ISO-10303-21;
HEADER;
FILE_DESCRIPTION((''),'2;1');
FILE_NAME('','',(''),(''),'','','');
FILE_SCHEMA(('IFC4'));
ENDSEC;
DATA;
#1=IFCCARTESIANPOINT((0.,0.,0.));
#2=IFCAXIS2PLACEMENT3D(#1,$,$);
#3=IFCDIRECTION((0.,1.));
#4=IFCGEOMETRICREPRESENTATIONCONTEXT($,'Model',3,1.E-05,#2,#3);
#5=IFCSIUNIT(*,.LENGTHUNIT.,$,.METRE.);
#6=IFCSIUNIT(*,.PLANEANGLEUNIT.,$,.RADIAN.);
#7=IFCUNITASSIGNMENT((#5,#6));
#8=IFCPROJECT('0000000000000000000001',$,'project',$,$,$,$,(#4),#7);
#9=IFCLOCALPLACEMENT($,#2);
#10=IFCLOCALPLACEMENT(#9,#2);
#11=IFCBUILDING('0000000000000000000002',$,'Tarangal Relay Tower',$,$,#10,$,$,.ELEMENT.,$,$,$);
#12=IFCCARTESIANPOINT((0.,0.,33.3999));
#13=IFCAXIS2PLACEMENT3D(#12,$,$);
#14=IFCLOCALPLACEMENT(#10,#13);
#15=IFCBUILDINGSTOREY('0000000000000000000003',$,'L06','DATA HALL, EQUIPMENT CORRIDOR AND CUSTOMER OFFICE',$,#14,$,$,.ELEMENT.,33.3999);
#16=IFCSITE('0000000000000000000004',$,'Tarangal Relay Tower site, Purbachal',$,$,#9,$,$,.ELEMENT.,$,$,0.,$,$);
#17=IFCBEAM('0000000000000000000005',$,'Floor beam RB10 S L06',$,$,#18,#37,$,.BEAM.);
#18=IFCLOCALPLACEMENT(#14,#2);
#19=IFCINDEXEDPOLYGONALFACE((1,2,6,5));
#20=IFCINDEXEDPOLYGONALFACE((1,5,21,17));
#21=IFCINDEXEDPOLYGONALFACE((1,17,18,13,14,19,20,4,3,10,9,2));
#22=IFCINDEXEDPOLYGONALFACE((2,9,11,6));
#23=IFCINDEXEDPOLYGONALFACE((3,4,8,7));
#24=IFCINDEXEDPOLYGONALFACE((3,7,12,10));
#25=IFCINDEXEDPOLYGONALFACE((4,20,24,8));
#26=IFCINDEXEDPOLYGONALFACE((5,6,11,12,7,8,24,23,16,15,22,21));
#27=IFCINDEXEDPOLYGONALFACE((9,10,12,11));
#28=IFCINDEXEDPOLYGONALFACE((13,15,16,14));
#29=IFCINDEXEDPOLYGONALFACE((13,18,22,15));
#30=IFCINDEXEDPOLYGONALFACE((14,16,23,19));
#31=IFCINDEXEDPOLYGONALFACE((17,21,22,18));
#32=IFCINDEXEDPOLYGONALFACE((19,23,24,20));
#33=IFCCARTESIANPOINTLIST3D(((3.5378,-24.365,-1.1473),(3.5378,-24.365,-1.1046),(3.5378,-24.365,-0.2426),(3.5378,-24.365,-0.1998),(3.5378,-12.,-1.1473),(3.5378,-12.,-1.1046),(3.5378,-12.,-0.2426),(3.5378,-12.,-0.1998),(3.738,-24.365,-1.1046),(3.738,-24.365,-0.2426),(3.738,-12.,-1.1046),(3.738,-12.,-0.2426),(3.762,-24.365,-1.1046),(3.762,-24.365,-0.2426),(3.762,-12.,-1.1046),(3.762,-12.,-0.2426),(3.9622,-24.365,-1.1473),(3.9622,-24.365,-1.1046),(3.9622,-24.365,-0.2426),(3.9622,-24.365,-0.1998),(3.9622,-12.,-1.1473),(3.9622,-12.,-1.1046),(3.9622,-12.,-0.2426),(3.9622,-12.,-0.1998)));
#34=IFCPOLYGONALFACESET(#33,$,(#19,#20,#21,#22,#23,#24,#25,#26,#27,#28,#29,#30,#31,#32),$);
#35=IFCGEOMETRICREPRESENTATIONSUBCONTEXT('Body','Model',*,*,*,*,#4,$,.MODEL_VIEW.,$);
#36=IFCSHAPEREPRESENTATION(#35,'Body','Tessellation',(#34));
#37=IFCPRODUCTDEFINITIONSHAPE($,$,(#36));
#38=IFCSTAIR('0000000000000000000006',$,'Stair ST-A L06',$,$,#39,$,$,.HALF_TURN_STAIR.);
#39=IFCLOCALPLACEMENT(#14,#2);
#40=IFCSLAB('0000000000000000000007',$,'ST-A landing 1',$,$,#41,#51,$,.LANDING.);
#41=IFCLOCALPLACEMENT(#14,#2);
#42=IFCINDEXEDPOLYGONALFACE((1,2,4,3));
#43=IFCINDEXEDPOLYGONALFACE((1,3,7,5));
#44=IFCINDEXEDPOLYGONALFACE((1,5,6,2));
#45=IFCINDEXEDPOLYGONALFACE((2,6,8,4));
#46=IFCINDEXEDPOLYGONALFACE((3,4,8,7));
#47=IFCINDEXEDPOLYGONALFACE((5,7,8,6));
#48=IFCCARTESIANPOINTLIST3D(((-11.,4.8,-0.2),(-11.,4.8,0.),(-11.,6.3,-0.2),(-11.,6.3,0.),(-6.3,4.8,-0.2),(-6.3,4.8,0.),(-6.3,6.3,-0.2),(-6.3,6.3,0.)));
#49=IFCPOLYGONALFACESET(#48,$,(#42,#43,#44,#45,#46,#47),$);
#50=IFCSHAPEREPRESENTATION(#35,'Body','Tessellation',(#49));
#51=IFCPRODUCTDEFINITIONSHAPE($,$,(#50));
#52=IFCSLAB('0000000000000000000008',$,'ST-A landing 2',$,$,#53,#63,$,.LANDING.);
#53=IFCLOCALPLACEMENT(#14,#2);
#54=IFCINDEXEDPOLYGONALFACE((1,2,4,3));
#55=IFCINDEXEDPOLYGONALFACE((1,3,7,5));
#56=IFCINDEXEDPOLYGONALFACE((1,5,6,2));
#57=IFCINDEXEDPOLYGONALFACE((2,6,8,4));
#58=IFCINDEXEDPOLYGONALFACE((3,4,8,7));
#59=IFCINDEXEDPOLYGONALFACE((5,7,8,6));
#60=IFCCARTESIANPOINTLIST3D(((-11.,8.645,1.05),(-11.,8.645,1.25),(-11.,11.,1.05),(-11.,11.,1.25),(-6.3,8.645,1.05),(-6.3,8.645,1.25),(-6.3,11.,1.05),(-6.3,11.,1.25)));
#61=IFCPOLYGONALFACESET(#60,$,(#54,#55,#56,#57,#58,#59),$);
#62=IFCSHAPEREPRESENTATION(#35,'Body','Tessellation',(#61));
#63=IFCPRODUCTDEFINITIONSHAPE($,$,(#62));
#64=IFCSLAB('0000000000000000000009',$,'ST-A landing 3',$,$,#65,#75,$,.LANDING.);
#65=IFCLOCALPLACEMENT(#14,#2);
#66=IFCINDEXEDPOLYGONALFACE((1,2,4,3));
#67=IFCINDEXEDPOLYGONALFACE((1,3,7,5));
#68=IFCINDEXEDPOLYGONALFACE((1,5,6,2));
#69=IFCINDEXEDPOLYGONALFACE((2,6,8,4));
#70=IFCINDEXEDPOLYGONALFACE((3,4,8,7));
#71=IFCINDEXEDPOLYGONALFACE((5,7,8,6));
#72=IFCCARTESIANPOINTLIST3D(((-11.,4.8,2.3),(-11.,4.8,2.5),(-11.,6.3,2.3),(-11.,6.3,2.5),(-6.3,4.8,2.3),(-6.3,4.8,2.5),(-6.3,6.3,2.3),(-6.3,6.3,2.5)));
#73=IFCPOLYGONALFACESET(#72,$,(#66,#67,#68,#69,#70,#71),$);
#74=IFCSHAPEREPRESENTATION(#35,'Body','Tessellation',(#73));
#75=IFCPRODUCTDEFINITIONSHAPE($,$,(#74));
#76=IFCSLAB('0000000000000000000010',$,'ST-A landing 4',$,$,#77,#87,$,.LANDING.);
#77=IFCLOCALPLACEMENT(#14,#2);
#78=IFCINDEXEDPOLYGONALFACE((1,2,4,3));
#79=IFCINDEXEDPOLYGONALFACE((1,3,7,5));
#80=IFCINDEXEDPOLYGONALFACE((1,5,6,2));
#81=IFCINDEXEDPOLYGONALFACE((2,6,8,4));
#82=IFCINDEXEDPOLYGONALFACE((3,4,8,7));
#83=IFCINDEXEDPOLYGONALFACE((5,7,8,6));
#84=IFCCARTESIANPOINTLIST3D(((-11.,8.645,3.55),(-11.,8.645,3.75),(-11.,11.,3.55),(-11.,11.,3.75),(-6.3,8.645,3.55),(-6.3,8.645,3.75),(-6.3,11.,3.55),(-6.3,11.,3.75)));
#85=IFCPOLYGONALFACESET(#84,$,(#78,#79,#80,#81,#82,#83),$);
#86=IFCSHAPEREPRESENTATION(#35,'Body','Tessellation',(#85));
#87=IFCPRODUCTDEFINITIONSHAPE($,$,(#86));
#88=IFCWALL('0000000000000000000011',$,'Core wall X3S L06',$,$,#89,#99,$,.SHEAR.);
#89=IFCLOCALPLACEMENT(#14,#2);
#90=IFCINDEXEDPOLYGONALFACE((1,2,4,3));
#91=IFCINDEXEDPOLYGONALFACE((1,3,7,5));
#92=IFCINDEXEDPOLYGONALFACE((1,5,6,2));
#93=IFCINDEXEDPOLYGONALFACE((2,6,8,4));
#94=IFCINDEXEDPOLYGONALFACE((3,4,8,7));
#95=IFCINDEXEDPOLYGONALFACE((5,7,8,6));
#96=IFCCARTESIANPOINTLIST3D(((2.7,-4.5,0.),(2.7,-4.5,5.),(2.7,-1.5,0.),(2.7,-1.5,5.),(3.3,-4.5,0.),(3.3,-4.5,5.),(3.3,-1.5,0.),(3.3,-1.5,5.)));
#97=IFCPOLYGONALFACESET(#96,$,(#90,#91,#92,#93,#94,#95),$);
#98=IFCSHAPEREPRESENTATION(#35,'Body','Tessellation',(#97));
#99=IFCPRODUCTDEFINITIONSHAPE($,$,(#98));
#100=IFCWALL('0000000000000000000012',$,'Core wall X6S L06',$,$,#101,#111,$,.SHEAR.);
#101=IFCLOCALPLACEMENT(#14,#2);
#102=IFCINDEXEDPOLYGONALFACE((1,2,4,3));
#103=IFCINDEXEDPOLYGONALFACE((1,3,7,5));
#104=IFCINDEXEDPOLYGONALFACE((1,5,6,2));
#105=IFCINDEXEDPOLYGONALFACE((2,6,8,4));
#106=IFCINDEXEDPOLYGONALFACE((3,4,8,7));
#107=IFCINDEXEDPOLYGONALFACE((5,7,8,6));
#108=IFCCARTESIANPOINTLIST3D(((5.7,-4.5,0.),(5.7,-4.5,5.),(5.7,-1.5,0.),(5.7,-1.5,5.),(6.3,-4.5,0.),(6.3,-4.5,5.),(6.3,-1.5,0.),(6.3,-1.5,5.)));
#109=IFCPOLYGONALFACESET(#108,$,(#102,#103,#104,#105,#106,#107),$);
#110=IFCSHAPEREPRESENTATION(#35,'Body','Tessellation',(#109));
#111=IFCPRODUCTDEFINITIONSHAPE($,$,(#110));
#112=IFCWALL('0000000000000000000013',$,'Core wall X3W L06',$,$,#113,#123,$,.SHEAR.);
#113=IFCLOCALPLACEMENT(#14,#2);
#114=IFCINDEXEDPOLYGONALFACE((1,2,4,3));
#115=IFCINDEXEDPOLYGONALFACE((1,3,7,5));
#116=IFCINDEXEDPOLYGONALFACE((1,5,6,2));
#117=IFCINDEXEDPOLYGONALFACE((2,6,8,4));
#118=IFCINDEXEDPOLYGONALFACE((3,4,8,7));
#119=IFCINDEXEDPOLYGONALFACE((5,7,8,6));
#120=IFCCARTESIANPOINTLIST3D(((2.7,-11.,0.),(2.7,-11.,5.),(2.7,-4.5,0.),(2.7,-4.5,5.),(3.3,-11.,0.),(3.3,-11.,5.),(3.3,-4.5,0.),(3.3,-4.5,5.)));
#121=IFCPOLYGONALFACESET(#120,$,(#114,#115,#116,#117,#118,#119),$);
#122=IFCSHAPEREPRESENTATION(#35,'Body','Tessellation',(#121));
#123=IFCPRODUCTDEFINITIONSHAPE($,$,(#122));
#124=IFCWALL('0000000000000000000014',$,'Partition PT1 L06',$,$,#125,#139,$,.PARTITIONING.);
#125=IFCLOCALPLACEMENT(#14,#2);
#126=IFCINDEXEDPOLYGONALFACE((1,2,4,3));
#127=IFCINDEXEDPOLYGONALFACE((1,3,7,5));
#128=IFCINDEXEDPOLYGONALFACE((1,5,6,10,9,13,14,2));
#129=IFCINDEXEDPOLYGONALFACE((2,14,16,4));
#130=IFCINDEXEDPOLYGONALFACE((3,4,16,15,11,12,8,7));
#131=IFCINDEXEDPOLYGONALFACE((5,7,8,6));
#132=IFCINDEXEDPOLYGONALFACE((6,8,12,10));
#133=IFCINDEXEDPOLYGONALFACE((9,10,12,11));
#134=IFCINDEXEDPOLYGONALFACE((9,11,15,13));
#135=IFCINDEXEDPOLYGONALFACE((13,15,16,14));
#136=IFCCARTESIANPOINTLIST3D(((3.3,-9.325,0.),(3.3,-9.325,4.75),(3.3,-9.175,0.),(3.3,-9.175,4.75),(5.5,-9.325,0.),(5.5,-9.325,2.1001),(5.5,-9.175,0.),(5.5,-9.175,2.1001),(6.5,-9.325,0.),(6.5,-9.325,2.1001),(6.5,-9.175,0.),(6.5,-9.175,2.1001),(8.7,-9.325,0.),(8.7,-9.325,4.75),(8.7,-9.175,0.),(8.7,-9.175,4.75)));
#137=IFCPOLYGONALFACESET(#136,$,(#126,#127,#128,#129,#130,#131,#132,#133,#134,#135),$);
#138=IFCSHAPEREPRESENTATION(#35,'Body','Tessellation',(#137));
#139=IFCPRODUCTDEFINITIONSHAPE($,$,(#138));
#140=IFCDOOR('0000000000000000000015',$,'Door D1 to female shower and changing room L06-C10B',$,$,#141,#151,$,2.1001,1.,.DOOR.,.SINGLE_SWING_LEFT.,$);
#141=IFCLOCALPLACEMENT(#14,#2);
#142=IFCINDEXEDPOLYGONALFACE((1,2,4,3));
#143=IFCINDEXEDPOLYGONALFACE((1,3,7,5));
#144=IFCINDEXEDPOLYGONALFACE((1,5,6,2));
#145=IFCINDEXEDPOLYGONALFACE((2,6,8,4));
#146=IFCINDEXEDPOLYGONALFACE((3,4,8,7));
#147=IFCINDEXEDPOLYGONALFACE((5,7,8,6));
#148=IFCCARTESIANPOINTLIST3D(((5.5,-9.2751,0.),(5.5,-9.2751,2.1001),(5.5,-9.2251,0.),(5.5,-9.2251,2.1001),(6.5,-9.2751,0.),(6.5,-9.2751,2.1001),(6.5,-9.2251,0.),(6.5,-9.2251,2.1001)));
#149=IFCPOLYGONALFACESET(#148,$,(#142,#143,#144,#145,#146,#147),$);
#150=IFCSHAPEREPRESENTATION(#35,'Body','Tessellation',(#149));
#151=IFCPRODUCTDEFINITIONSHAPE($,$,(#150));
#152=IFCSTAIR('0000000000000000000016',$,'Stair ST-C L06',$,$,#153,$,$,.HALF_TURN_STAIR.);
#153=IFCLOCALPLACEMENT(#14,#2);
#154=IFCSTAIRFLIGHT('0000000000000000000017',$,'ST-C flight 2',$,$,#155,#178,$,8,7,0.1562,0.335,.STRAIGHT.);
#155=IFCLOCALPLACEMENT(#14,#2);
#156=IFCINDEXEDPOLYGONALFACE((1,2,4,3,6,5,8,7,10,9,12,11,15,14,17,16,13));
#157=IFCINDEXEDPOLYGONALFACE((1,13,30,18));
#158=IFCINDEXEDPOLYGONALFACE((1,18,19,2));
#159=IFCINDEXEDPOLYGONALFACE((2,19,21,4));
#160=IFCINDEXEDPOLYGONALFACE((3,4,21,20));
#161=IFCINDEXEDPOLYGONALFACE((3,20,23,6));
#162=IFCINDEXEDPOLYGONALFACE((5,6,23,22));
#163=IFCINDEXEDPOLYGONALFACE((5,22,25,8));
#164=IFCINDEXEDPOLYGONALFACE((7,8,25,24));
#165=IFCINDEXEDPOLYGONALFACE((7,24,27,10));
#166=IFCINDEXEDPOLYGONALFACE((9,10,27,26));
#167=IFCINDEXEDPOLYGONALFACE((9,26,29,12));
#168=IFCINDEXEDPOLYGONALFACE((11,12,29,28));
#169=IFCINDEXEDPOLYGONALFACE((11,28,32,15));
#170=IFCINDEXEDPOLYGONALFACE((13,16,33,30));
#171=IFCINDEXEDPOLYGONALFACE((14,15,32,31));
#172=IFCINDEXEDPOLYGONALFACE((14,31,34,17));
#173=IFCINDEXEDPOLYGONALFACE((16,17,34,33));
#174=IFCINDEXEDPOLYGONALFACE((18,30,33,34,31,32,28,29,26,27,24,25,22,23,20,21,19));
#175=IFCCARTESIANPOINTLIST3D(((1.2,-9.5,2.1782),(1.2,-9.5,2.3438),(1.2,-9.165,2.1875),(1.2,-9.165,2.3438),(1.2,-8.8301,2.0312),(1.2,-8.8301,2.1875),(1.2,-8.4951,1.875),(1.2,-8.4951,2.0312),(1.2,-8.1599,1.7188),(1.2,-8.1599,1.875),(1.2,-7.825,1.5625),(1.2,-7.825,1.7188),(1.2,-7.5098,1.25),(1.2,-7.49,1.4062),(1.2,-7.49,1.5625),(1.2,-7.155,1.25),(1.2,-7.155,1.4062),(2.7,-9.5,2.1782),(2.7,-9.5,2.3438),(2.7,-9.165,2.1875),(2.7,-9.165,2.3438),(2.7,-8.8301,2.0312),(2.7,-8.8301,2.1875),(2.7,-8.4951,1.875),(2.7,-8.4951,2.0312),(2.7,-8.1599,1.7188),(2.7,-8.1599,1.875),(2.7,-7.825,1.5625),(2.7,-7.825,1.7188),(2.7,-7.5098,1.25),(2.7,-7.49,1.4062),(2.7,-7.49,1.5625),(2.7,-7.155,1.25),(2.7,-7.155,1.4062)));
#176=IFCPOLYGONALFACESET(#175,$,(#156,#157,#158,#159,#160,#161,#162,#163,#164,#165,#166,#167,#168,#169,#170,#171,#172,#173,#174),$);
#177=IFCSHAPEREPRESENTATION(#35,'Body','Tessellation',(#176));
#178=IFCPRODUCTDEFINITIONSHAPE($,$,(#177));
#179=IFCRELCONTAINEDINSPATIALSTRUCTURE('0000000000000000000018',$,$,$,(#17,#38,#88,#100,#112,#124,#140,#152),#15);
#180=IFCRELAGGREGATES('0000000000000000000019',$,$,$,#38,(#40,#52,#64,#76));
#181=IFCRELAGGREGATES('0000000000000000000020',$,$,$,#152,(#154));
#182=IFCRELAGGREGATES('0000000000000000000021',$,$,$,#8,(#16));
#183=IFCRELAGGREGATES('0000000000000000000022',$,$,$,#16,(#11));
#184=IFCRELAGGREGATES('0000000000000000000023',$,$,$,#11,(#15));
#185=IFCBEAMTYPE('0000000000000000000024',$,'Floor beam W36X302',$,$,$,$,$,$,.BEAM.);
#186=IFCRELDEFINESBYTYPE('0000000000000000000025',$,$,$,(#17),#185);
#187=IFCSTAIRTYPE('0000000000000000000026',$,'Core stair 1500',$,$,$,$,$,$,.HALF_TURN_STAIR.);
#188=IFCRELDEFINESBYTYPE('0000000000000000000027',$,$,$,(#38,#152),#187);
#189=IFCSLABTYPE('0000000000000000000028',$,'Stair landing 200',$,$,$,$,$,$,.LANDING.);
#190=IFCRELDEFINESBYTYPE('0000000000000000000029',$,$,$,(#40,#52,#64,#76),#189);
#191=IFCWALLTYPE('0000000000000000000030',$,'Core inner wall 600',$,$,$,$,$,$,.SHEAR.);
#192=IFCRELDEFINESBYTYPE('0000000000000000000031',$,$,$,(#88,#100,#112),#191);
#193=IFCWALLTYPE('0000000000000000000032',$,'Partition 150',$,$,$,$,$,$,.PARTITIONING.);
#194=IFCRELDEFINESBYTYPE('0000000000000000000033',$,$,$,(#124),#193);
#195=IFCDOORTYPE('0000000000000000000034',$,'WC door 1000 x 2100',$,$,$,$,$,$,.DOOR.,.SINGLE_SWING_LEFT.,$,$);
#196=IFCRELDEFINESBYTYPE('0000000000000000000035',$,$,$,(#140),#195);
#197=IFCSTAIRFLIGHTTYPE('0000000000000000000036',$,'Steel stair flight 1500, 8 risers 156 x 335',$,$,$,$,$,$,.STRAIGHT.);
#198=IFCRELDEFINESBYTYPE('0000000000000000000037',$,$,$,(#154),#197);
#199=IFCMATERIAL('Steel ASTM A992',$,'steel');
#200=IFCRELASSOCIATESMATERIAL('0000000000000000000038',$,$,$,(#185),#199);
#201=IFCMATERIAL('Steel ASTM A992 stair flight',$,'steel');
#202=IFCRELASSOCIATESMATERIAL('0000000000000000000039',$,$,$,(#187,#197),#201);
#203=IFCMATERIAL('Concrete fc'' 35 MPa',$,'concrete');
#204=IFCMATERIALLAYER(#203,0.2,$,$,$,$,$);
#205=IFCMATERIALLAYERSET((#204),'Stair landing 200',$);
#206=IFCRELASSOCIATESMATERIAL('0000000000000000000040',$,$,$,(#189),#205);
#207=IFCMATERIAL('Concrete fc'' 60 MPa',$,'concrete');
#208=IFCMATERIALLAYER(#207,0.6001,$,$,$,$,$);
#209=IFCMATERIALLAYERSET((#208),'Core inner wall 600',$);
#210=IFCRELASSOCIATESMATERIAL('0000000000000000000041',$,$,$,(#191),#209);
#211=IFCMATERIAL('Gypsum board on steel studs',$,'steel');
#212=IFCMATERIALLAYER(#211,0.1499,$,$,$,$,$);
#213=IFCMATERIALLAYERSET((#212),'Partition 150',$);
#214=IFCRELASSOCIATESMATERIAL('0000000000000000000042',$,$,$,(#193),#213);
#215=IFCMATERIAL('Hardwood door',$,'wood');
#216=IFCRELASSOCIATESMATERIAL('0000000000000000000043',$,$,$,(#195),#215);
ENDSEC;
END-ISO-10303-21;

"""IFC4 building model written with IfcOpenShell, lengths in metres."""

from ifc_helpers import new_model, si_unit, direction, frame, frame_2d, origin, origin_2d, place, context, subcontext, project, spatial, polyline, rectangle, i_section, outline, extrude, material, layer, layer_set, material_profile, profile_set, type_object, element, fill, aggregate, save


model = new_model("IFC4")

# Units and contexts
model_context = context("Model", 3, precision=1e-05, world=origin(), true_north=direction((0.0, 1.0)))
body_context = subcontext(model_context, "Body", "Model", "MODEL_VIEW")
ifc_project = project(units=[si_unit("LENGTHUNIT", "METRE"), si_unit("PLANEANGLEUNIT", "RADIAN")], contexts=[model_context])

# Site, building, storey
site_placement = place(None, origin())
site = spatial("IfcSite", under=ifc_project, at=site_placement, Name="Tarangal Relay Tower site, Purbachal", CompositionType="ELEMENT", RefElevation=0.0)
building_placement = place(site_placement, origin())
building = spatial("IfcBuilding", under=site, at=building_placement, Name="Tarangal Relay Tower", CompositionType="ELEMENT")
storey_placement = place(building_placement, frame((0.0, 0.0, 33.3999)))
storey = spatial("IfcBuildingStorey", under=building, at=storey_placement, Name="L06", Description="DATA HALL, EQUIPMENT CORRIDOR AND CUSTOMER OFFICE", CompositionType="ELEMENT", Elevation=33.3999)

# Beam
ifc_material_1 = material(Name="Steel ASTM A992", Category="steel")
ifc_material_profile = material_profile(ifc_material_1, i_section(OverallWidth=0.4243, OverallDepth=0.9475, WebThickness=0.0239, FlangeThickness=0.0427, at=origin_2d()), Name="W36X302")
ifc_profile_set = profile_set([ifc_material_profile], Name="Steel ASTM A992")
beam_type = type_object("IfcBeamType", Name="Floor beam W36X302", PredefinedType="BEAM", material=ifc_profile_set)
beam_placement = place(storey_placement, frame((3.75, -12.0, -0.6736), z_axis=(0.0, -1.0, 0.0), x_axis=(1.0, 0.0, 0.0)))
element("IfcBeam", 1, at=beam_placement, inside=storey, type_object=beam_type, Name="Floor beam RB10 S L06", PredefinedType="BEAM", context=body_context, shape_type="SweptSolid", body=[
    extrude(i_section(OverallWidth=0.4243, OverallDepth=0.9475, WebThickness=0.0239, FlangeThickness=0.0427, at=origin_2d()), origin(), (0.0, 0.0, 1.0), 12.365),
])

# Stair, slabs
ifc_material_2 = material(Name="Steel ASTM A992 stair flight", Category="steel")
stair_type = type_object("IfcStairType", Name="Core stair 1500", PredefinedType="HALF_TURN_STAIR", material=ifc_material_2)
stair_1_placement = place(storey_placement, origin())
stair_1 = element("IfcStair", 2, at=stair_1_placement, inside=storey, type_object=stair_type, Name="Stair ST-A L06", PredefinedType="HALF_TURN_STAIR")
ifc_material_3 = material(Name="Concrete fc' 35 MPa", Category="concrete")
ifc_layer_1 = layer(ifc_material_3, 0.2)
ifc_layer_set_1 = layer_set([ifc_layer_1], Name="Stair landing 200")
slab_type = type_object("IfcSlabType", Name="Stair landing 200", PredefinedType="LANDING", material=ifc_layer_set_1)
slab_1_placement = place(storey_placement, frame((0.0, 0.0, -0.2)))
slab_1 = element("IfcSlab", 3, at=slab_1_placement, type_object=slab_type, Name="ST-A landing 1", PredefinedType="LANDING", context=body_context, shape_type="SweptSolid", body=[
    extrude(outline(polyline([(-11.0, 4.8), (-6.3, 4.8), (-6.3, 6.3), (-11.0, 6.3), (-11.0, 4.8)])), origin(), (0.0, 0.0, 1.0), 0.2),
])
slab_2_placement = place(storey_placement, frame((0.0, 0.0, 1.05)))
slab_2 = element("IfcSlab", 4, at=slab_2_placement, type_object=slab_type, Name="ST-A landing 2", PredefinedType="LANDING", context=body_context, shape_type="SweptSolid", body=[
    extrude(outline(polyline([(-11.0, 8.645), (-6.3, 8.645), (-6.3, 11.0), (-11.0, 11.0), (-11.0, 8.645)])), origin(), (0.0, 0.0, 1.0), 0.2),
])
slab_3_placement = place(storey_placement, frame((0.0, 0.0, 2.3)))
slab_3 = element("IfcSlab", 5, at=slab_3_placement, type_object=slab_type, Name="ST-A landing 3", PredefinedType="LANDING", context=body_context, shape_type="SweptSolid", body=[
    extrude(outline(polyline([(-11.0, 4.8), (-6.3, 4.8), (-6.3, 6.3), (-11.0, 6.3), (-11.0, 4.8)])), origin(), (0.0, 0.0, 1.0), 0.2),
])
slab_4_placement = place(storey_placement, frame((0.0, 0.0, 3.55)))
slab_4 = element("IfcSlab", 6, at=slab_4_placement, type_object=slab_type, Name="ST-A landing 4", PredefinedType="LANDING", context=body_context, shape_type="SweptSolid", body=[
    extrude(outline(polyline([(-11.0, 8.645), (-6.3, 8.645), (-6.3, 11.0), (-11.0, 11.0), (-11.0, 8.645)])), origin(), (0.0, 0.0, 1.0), 0.2),
])
aggregate(stair_1, [slab_1, slab_2, slab_3, slab_4])

# Walls
ifc_material_4 = material(Name="Concrete fc' 60 MPa", Category="concrete")
ifc_layer_2 = layer(ifc_material_4, 0.6001)
ifc_layer_set_2 = layer_set([ifc_layer_2], Name="Core inner wall 600")
wall_type_1 = type_object("IfcWallType", Name="Core inner wall 600", PredefinedType="SHEAR", material=ifc_layer_set_2)
for number, where, z_axis, x_axis, name in (
    (7, (3.0, -4.5, 0.0), (0.0, 0.0, 1.0), (0.0, 1.0, 0.0), "Core wall X3S L06"),
    (8, (6.0, -4.5, 0.0), (0.0, 0.0, 1.0), (0.0, 1.0, 0.0), "Core wall X6S L06"),
):
    element("IfcWall", number, at=place(storey_placement, frame(where, z_axis=z_axis, x_axis=x_axis)), inside=storey, type_object=wall_type_1, Name=name, PredefinedType="SHEAR", context=body_context, shape_type="SweptSolid", body=[
        extrude(rectangle(XDim=3.0, YDim=0.6001, at=frame_2d((1.5, 0.0))), origin(), (0.0, 0.0, 1.0), 5.0),
    ])
wall_1_placement = place(storey_placement, frame((3.0, -11.0, 0.0), z_axis=(0.0, 0.0, 1.0), x_axis=(0.0, 1.0, 0.0)))
element("IfcWall", 9, at=wall_1_placement, inside=storey, type_object=wall_type_1, Name="Core wall X3W L06", PredefinedType="SHEAR", context=body_context, shape_type="SweptSolid", body=[
    extrude(rectangle(XDim=6.5, YDim=0.6001, at=frame_2d((3.25, 0.0))), origin(), (0.0, 0.0, 1.0), 5.0),
])

# Wall, opening, door
ifc_material_5 = material(Name="Gypsum board on steel studs", Category="steel")
ifc_layer_3 = layer(ifc_material_5, 0.1499)
ifc_layer_set_3 = layer_set([ifc_layer_3], Name="Partition 150")
wall_type_2 = type_object("IfcWallType", Name="Partition 150", PredefinedType="PARTITIONING", material=ifc_layer_set_3)
wall_2_placement = place(storey_placement, frame((3.3, -9.25, 0.0), z_axis=(0.0, 0.0, 1.0), x_axis=(1.0, 0.0, 0.0)))
wall_2 = element("IfcWall", 10, at=wall_2_placement, inside=storey, type_object=wall_type_2, Name="Partition PT1 L06", PredefinedType="PARTITIONING", context=body_context, shape_type="SweptSolid", body=[
    extrude(rectangle(XDim=5.3999, YDim=0.1499, at=frame_2d((2.7, 0.0))), origin(), (0.0, 0.0, 1.0), 4.75),
])
opening_placement = place(wall_2_placement, frame((2.2, 0.0, 0.0)))
opening = element("IfcOpeningElement", 11, at=opening_placement, cuts=wall_2, PredefinedType="OPENING", context=body_context, shape_type="SweptSolid", body=[
    extrude(rectangle(XDim=1.0, YDim=2.1001, at=frame_2d((0.5, 1.05))), frame((0.0, 0.085, 0.0), z_axis=(0.0, -1.0, 0.0), x_axis=(1.0, 0.0, 0.0)), (0.0, 0.0, 1.0), 0.1699),
])
ifc_material_6 = material(Name="Hardwood door", Category="wood")
door_type = type_object("IfcDoorType", Name="WC door 1000 x 2100", OperationType="SINGLE_SWING_LEFT", PredefinedType="DOOR", material=ifc_material_6)
door_placement = place(opening_placement, origin())
door = element("IfcDoor", 12, at=door_placement, inside=storey, type_object=door_type, Name="Door D1 to female shower and changing room L06-C10B", OperationType="SINGLE_SWING_LEFT", OverallHeight=2.1001, OverallWidth=1.0, PredefinedType="DOOR", context=body_context, shape_type="SweptSolid", body=[
    extrude(rectangle(XDim=1.0, YDim=2.1001, at=frame_2d((0.5, 1.05))), frame((0.0, 0.0249, 0.0), z_axis=(0.0, -1.0, 0.0), x_axis=(1.0, 0.0, 0.0)), (0.0, 0.0, 1.0), 0.05),
])
fill(opening, door)

# Stair, stair flight
stair_2_placement = place(storey_placement, origin())
stair_2 = element("IfcStair", 13, at=stair_2_placement, inside=storey, type_object=stair_type, Name="Stair ST-C L06", PredefinedType="HALF_TURN_STAIR")
stair_flight_type = type_object("IfcStairFlightType", Name="Steel stair flight 1500, 8 risers 156 x 335", PredefinedType="STRAIGHT", material=ifc_material_2)
stair_flight_1_placement = place(storey_placement, frame((1.95, -7.155, 1.25), z_axis=(0.0, 0.0, 1.0), x_axis=(0.0, -1.0, 0.0)))
stair_flight_1 = element("IfcStairFlight", 14, at=stair_flight_1_placement, type_object=stair_flight_type, Name="ST-C flight 2", NumberOfRisers=8, NumberOfTreads=7, PredefinedType="STRAIGHT", RiserHeight=0.1562, TreadLength=0.335, context=body_context, shape_type="SweptSolid", body=[
    extrude(outline(polyline([(0.0, 0.0), (0.0, 0.1562), (0.335, 0.1562), (0.335, 0.3125), (0.6699, 0.3125), (0.6699, 0.4688), (1.0049, 0.4688), (1.0049, 0.625), (1.3401, 0.625), (1.3401, 0.7812), (1.675, 0.7812), (1.675, 0.9375), (2.01, 0.9375), (2.01, 1.0938), (2.345, 1.0938), (2.345, 1.25), (2.345, 0.9282), (0.3547, 0.0), (0.0, 0.0)])), frame((0.0, 0.75, 0.0), z_axis=(0.0, -1.0, 0.0), x_axis=(1.0, 0.0, 0.0)), (0.0, 0.0, 1.0), 1.5),
])
aggregate(stair_2, [stair_flight_1])

save(model, "model.ifc")
